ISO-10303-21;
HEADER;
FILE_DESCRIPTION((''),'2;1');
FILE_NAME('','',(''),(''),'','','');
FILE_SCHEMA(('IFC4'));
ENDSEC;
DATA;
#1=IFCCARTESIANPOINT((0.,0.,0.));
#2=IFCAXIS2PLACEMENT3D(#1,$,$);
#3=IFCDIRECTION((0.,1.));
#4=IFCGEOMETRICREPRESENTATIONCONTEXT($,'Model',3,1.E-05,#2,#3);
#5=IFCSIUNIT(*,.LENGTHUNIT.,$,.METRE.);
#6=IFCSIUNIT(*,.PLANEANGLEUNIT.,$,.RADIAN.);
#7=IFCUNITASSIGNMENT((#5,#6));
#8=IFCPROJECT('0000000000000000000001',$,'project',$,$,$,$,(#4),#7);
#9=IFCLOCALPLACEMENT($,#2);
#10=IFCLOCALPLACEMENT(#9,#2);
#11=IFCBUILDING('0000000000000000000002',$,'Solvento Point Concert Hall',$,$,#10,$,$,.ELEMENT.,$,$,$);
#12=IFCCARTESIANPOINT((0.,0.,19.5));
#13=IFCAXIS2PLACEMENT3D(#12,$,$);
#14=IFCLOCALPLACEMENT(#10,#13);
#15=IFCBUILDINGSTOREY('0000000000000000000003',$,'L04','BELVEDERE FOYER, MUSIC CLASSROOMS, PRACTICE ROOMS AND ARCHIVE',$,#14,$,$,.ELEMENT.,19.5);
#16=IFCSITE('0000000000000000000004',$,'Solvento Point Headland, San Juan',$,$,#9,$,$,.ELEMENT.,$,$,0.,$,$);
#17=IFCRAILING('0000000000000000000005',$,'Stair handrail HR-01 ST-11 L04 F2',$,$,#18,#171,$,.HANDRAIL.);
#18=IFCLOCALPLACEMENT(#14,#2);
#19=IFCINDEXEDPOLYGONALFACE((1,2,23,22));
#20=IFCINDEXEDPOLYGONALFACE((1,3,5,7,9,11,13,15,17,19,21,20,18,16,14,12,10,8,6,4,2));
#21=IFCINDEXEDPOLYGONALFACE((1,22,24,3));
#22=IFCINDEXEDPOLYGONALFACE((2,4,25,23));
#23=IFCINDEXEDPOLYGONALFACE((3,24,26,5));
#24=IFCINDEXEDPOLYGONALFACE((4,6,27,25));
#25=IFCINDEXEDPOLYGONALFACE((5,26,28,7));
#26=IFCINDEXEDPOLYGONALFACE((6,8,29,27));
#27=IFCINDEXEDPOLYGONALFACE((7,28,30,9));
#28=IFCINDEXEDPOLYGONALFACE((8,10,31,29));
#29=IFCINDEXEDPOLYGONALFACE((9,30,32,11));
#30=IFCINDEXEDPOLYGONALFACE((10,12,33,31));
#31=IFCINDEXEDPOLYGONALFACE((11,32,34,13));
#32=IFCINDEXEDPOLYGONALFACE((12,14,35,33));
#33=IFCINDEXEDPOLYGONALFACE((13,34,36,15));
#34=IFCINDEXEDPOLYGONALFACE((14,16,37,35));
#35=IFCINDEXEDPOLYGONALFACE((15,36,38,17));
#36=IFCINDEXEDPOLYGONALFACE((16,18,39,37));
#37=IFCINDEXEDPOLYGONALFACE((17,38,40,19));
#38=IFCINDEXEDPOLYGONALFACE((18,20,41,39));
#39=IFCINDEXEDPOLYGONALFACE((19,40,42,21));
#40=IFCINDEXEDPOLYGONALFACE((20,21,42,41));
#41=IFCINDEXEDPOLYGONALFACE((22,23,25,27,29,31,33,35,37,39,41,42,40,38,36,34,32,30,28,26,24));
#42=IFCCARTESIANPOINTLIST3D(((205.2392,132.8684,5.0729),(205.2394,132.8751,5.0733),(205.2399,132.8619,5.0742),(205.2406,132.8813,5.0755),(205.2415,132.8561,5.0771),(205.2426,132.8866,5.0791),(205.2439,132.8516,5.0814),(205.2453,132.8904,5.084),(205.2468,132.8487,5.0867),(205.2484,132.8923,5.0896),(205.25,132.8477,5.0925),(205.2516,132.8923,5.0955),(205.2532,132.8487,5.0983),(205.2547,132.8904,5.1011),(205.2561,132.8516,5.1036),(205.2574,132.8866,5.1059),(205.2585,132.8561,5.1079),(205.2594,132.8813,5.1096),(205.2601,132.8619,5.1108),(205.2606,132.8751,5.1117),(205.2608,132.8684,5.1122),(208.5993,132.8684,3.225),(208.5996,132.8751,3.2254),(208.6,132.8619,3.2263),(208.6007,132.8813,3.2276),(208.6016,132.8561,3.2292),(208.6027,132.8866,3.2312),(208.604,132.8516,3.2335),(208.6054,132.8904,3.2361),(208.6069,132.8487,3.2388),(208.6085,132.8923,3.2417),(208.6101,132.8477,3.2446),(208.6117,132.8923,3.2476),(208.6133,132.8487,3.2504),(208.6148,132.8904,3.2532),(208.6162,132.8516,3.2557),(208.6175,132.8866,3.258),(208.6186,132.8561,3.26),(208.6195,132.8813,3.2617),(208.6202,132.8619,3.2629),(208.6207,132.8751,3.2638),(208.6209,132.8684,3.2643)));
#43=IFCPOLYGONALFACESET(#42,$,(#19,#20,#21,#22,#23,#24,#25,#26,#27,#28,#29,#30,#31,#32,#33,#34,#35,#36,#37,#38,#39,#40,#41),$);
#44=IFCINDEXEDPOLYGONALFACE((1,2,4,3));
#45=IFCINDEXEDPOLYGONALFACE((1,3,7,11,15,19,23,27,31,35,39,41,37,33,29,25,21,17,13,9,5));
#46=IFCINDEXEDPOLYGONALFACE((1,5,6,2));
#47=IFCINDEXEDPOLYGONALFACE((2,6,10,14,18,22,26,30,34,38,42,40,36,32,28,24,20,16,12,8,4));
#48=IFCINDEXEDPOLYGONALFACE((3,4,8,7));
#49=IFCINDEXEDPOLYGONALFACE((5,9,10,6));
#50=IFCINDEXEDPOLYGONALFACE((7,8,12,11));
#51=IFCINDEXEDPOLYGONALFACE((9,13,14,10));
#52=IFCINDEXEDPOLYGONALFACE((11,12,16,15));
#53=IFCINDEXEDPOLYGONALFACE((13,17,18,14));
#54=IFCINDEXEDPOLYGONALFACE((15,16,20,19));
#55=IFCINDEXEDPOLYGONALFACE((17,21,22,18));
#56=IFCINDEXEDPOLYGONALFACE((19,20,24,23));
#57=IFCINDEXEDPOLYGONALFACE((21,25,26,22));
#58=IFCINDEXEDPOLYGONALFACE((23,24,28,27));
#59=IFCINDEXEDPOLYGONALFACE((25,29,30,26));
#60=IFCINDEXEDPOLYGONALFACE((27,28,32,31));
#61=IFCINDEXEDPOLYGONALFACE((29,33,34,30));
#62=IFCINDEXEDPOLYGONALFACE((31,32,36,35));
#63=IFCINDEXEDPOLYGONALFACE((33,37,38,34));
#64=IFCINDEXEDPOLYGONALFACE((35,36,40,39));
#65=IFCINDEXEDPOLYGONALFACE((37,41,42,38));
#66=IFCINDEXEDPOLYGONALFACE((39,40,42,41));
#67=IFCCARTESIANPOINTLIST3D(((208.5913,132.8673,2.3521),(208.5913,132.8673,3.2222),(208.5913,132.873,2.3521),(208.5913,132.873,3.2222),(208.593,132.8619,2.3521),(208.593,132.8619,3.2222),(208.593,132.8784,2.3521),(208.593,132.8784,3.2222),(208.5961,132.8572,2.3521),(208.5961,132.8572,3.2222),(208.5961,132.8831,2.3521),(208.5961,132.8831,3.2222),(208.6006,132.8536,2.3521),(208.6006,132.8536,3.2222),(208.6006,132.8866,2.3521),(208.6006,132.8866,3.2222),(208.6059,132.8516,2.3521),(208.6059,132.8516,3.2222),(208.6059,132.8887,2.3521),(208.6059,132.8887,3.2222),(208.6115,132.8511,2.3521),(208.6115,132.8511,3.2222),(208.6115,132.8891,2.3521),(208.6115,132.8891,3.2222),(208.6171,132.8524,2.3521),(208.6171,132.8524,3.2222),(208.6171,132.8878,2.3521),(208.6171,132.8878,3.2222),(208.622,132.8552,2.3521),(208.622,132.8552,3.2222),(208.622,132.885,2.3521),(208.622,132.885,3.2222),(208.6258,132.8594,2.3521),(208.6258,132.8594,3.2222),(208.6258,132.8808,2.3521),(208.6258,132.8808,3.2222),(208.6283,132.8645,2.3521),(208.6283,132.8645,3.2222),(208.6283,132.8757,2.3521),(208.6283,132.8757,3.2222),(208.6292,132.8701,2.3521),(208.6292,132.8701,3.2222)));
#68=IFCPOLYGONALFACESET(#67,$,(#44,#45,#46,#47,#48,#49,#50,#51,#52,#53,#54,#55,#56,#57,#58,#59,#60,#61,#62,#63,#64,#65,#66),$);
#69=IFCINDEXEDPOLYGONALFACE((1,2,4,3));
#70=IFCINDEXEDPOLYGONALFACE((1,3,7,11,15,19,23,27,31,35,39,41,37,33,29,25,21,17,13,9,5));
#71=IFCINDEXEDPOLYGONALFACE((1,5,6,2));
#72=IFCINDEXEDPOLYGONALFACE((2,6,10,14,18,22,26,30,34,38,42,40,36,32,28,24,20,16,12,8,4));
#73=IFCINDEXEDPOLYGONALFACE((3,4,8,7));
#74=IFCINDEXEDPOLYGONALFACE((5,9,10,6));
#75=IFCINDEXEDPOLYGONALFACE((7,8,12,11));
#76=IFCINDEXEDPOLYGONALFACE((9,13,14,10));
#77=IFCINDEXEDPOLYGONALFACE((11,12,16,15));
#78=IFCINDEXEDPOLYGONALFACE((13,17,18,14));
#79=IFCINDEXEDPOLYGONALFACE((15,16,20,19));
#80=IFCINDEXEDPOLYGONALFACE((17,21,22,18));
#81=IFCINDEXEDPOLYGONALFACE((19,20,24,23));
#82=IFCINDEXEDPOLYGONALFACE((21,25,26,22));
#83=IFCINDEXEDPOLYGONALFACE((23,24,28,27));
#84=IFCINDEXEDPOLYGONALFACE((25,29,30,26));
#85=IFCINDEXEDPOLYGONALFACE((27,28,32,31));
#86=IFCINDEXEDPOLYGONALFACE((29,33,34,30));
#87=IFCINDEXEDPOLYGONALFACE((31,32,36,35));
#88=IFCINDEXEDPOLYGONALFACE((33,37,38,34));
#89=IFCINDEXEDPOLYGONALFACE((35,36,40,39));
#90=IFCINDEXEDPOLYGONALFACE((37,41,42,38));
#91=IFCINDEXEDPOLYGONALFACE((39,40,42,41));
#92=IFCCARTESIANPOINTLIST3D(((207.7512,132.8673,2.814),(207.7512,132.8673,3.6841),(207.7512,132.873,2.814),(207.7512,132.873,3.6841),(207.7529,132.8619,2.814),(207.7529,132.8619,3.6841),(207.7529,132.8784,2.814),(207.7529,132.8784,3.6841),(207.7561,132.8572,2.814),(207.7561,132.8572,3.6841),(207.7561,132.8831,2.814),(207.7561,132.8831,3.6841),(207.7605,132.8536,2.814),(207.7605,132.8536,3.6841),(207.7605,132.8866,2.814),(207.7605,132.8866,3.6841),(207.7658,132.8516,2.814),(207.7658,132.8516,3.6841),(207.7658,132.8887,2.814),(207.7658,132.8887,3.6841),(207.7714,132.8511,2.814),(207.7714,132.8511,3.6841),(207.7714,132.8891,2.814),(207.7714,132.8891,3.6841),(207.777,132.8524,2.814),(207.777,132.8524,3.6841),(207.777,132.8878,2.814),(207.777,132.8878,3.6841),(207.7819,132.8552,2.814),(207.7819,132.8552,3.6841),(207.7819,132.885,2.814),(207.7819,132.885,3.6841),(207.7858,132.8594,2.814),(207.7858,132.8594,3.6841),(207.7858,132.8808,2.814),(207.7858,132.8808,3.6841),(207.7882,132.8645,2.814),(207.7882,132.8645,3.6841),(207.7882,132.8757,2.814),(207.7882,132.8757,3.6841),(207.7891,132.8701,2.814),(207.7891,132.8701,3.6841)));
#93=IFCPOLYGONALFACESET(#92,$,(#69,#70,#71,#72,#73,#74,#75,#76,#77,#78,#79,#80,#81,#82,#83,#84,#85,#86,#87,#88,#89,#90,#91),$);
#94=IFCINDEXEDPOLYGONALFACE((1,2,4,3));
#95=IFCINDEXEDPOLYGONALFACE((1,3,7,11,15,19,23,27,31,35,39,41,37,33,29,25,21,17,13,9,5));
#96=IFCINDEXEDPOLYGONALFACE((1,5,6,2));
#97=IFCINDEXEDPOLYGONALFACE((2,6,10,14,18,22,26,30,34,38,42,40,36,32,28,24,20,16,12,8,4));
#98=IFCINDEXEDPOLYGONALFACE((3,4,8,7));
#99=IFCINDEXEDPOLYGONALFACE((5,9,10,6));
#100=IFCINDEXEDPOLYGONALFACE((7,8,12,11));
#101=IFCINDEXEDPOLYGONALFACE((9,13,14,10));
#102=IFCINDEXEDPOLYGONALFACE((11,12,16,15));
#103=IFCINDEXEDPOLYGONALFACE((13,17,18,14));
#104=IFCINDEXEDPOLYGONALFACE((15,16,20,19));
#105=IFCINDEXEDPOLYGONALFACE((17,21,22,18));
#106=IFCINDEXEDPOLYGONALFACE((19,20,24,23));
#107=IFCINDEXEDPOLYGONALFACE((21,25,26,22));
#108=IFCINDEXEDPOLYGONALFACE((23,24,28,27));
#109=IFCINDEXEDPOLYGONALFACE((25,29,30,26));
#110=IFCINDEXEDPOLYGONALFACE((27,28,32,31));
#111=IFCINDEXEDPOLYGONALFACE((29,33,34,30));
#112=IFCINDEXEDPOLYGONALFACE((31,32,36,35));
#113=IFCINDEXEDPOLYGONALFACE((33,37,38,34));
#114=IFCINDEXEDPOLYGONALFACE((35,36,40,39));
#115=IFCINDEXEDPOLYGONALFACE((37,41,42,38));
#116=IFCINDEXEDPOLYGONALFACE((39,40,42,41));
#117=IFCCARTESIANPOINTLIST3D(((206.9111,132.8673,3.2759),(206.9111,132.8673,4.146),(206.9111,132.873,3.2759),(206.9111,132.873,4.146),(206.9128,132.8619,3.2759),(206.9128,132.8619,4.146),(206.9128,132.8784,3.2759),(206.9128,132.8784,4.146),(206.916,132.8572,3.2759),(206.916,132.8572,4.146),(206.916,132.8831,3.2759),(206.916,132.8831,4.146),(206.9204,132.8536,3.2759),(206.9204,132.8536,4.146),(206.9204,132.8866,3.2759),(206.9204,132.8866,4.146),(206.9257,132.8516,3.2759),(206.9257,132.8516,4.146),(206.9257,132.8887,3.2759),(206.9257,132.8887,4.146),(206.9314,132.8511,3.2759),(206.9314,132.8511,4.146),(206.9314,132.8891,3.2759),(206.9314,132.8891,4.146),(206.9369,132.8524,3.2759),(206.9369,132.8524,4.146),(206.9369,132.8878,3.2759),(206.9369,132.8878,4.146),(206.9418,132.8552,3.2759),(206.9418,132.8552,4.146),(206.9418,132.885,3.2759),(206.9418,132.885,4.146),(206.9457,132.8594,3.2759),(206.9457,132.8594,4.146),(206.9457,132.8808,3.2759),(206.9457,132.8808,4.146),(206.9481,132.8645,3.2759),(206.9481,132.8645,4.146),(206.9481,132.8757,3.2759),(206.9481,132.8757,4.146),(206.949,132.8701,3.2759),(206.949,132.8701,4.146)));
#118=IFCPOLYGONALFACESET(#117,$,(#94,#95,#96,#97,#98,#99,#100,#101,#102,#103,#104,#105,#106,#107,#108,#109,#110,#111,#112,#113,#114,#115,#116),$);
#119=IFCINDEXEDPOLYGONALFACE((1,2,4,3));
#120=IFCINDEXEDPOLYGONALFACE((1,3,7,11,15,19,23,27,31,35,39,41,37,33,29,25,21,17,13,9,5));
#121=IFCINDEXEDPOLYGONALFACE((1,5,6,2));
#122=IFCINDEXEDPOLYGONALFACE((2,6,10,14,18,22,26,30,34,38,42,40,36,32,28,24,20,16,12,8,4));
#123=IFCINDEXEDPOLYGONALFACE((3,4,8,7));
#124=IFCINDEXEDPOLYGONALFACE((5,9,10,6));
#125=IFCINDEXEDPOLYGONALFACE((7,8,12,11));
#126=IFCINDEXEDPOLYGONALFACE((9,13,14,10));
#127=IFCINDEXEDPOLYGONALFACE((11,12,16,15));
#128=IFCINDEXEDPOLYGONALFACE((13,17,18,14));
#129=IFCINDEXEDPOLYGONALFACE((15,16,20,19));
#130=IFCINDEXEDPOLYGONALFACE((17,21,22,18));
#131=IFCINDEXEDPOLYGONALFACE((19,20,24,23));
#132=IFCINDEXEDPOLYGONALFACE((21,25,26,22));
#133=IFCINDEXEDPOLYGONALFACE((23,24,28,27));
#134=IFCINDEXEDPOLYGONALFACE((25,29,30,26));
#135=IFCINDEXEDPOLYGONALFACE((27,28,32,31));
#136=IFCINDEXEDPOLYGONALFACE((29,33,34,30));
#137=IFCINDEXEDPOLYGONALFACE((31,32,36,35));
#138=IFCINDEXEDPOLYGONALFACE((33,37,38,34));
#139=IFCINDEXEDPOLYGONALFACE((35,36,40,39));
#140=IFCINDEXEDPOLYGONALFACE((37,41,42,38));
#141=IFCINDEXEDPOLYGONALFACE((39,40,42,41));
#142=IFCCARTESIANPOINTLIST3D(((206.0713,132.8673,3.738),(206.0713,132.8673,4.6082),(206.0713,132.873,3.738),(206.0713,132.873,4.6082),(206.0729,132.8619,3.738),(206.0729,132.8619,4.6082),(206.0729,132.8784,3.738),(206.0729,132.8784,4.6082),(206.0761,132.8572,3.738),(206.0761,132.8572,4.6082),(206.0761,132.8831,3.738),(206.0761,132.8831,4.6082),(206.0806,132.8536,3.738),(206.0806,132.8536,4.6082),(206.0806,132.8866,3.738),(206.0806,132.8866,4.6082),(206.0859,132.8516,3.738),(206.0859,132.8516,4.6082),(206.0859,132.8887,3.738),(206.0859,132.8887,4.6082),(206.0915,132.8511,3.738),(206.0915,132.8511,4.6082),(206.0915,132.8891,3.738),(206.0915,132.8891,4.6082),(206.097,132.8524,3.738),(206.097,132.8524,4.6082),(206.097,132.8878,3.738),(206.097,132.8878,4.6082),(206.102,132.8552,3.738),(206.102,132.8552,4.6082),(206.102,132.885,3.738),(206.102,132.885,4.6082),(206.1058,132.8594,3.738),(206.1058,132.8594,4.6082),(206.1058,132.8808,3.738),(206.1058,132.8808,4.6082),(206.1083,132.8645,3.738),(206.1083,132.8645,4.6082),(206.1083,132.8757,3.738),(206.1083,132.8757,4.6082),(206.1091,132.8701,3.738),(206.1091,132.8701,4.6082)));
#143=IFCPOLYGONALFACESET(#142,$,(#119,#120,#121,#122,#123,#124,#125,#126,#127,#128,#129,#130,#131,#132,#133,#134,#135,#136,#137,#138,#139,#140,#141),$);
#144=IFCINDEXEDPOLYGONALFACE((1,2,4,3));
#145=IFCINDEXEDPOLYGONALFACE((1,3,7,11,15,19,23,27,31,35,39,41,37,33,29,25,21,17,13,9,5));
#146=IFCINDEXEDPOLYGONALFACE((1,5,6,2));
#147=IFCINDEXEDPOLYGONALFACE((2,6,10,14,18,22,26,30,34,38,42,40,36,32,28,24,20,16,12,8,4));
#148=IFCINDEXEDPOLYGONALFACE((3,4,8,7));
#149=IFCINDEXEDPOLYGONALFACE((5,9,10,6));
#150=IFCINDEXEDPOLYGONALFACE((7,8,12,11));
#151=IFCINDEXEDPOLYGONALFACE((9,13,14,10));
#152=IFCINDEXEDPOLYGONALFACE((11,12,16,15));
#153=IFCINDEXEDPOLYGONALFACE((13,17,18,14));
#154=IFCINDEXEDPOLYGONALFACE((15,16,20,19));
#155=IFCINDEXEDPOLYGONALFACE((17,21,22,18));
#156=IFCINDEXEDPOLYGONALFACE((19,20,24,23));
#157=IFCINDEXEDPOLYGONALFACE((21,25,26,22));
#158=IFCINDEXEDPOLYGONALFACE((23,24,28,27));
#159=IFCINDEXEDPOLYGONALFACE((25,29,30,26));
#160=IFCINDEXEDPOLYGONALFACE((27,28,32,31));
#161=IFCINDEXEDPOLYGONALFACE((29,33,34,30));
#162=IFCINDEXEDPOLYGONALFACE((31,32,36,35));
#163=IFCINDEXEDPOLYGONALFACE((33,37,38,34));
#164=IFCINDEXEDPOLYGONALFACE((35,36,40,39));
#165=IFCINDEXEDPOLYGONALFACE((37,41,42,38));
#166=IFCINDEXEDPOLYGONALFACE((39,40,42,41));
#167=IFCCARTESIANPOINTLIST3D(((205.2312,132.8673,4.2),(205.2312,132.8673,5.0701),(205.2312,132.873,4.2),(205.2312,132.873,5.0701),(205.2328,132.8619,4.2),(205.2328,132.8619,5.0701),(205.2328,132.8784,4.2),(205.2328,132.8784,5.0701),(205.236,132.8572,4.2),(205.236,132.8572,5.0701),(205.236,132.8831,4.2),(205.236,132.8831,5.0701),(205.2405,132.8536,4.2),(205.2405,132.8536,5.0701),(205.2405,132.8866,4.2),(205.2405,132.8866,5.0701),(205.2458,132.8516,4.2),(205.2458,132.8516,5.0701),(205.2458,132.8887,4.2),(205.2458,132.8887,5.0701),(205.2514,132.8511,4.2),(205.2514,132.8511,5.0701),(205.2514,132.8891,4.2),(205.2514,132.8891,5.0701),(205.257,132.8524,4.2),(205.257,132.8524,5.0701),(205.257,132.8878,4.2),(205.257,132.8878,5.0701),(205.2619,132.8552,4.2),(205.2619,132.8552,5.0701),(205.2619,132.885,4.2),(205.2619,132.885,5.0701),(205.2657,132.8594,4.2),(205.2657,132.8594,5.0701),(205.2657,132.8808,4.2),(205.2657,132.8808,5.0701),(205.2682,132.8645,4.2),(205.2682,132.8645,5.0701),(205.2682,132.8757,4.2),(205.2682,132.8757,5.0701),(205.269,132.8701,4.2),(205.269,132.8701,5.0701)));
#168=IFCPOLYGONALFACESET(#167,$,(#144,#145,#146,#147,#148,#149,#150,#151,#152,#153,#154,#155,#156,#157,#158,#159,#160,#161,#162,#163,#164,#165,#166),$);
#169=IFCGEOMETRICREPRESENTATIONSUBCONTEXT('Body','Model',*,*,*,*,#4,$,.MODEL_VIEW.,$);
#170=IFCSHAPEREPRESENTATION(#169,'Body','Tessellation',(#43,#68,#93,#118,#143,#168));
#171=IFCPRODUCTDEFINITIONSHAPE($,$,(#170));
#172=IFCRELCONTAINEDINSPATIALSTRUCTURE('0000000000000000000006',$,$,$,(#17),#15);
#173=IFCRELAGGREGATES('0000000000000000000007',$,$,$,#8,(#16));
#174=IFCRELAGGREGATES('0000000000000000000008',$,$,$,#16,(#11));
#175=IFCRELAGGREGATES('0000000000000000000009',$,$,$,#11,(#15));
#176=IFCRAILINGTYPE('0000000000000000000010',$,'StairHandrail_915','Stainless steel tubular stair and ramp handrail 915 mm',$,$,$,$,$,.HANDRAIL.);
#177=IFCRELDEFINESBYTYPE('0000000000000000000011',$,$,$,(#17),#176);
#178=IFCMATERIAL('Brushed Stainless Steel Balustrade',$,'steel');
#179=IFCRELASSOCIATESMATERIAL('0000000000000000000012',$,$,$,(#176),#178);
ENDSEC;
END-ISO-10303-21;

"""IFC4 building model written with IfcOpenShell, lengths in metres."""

from ifc_helpers import new_model, si_unit, direction, frame, origin, origin_2d, place, context, subcontext, project, spatial, circle, extrude, material, type_object, element, save


model = new_model("IFC4")

# Units and contexts
model_context = context("Model", 3, precision=1e-05, world=origin(), true_north=direction((0.0, 1.0)))
body_context = subcontext(model_context, "Body", "Model", "MODEL_VIEW")
ifc_project = project(units=[si_unit("LENGTHUNIT", "METRE"), si_unit("PLANEANGLEUNIT", "RADIAN")], contexts=[model_context])

# Site, building, storey
site_placement = place(None, origin())
site = spatial("IfcSite", under=ifc_project, at=site_placement, Name="Solvento Point Headland, San Juan", CompositionType="ELEMENT", RefElevation=0.0)
building_placement = place(site_placement, origin())
building = spatial("IfcBuilding", under=site, at=building_placement, Name="Solvento Point Concert Hall", CompositionType="ELEMENT")
storey_placement = place(building_placement, frame((0.0, 0.0, 19.5)))
storey = spatial("IfcBuildingStorey", under=building, at=storey_placement, Name="L04", Description="BELVEDERE FOYER, MUSIC CLASSROOMS, PRACTICE ROOMS AND ARCHIVE", CompositionType="ELEMENT", Elevation=19.5)

# Railing
ifc_material_1 = material(Name="Brushed Stainless Steel Balustrade", Category="steel")
railing_type_1 = type_object("IfcRailingType", Name="StairHandrail_915", Description="Stainless steel tubular stair and ramp handrail 915 mm", PredefinedType="HANDRAIL", material=ifc_material_1)
railing_1_placement = place(storey_placement, frame((208.6101, 132.8701, 2.3521)))
element("IfcRailing", 1, at=railing_1_placement, inside=storey, type_object=railing_type_1, Name="Stair handrail HR-01 ST-11 L04 F2", PredefinedType="HANDRAIL", context=body_context, shape_type="SweptSolid", body=[
    extrude(circle(Radius=0.0225, at=origin_2d()), frame((0.0, 0.0, 0.8926), z_axis=(-0.876233, 0.0, 0.481887), x_axis=(0.0, -1.0, 0.0)), (0.0, 0.0, 1.0), 3.8347),
    extrude(circle(Radius=0.019, at=origin_2d()), origin(), (0.0, 0.0, 1.0), 0.8701),
    extrude(circle(Radius=0.019, at=origin_2d()), frame((-0.8401, 0.0, 0.4619)), (0.0, 0.0, 1.0), 0.8701),
    extrude(circle(Radius=0.019, at=origin_2d()), frame((-1.6802, 0.0, 0.9238)), (0.0, 0.0, 1.0), 0.8701),
    extrude(circle(Radius=0.019, at=origin_2d()), frame((-2.52, 0.0, 1.386)), (0.0, 0.0, 1.0), 0.8701),
    extrude(circle(Radius=0.019, at=origin_2d()), frame((-3.3601, 0.0, 1.8479)), (0.0, 0.0, 1.0), 0.8701),
])

save(model, "model.ifc")
